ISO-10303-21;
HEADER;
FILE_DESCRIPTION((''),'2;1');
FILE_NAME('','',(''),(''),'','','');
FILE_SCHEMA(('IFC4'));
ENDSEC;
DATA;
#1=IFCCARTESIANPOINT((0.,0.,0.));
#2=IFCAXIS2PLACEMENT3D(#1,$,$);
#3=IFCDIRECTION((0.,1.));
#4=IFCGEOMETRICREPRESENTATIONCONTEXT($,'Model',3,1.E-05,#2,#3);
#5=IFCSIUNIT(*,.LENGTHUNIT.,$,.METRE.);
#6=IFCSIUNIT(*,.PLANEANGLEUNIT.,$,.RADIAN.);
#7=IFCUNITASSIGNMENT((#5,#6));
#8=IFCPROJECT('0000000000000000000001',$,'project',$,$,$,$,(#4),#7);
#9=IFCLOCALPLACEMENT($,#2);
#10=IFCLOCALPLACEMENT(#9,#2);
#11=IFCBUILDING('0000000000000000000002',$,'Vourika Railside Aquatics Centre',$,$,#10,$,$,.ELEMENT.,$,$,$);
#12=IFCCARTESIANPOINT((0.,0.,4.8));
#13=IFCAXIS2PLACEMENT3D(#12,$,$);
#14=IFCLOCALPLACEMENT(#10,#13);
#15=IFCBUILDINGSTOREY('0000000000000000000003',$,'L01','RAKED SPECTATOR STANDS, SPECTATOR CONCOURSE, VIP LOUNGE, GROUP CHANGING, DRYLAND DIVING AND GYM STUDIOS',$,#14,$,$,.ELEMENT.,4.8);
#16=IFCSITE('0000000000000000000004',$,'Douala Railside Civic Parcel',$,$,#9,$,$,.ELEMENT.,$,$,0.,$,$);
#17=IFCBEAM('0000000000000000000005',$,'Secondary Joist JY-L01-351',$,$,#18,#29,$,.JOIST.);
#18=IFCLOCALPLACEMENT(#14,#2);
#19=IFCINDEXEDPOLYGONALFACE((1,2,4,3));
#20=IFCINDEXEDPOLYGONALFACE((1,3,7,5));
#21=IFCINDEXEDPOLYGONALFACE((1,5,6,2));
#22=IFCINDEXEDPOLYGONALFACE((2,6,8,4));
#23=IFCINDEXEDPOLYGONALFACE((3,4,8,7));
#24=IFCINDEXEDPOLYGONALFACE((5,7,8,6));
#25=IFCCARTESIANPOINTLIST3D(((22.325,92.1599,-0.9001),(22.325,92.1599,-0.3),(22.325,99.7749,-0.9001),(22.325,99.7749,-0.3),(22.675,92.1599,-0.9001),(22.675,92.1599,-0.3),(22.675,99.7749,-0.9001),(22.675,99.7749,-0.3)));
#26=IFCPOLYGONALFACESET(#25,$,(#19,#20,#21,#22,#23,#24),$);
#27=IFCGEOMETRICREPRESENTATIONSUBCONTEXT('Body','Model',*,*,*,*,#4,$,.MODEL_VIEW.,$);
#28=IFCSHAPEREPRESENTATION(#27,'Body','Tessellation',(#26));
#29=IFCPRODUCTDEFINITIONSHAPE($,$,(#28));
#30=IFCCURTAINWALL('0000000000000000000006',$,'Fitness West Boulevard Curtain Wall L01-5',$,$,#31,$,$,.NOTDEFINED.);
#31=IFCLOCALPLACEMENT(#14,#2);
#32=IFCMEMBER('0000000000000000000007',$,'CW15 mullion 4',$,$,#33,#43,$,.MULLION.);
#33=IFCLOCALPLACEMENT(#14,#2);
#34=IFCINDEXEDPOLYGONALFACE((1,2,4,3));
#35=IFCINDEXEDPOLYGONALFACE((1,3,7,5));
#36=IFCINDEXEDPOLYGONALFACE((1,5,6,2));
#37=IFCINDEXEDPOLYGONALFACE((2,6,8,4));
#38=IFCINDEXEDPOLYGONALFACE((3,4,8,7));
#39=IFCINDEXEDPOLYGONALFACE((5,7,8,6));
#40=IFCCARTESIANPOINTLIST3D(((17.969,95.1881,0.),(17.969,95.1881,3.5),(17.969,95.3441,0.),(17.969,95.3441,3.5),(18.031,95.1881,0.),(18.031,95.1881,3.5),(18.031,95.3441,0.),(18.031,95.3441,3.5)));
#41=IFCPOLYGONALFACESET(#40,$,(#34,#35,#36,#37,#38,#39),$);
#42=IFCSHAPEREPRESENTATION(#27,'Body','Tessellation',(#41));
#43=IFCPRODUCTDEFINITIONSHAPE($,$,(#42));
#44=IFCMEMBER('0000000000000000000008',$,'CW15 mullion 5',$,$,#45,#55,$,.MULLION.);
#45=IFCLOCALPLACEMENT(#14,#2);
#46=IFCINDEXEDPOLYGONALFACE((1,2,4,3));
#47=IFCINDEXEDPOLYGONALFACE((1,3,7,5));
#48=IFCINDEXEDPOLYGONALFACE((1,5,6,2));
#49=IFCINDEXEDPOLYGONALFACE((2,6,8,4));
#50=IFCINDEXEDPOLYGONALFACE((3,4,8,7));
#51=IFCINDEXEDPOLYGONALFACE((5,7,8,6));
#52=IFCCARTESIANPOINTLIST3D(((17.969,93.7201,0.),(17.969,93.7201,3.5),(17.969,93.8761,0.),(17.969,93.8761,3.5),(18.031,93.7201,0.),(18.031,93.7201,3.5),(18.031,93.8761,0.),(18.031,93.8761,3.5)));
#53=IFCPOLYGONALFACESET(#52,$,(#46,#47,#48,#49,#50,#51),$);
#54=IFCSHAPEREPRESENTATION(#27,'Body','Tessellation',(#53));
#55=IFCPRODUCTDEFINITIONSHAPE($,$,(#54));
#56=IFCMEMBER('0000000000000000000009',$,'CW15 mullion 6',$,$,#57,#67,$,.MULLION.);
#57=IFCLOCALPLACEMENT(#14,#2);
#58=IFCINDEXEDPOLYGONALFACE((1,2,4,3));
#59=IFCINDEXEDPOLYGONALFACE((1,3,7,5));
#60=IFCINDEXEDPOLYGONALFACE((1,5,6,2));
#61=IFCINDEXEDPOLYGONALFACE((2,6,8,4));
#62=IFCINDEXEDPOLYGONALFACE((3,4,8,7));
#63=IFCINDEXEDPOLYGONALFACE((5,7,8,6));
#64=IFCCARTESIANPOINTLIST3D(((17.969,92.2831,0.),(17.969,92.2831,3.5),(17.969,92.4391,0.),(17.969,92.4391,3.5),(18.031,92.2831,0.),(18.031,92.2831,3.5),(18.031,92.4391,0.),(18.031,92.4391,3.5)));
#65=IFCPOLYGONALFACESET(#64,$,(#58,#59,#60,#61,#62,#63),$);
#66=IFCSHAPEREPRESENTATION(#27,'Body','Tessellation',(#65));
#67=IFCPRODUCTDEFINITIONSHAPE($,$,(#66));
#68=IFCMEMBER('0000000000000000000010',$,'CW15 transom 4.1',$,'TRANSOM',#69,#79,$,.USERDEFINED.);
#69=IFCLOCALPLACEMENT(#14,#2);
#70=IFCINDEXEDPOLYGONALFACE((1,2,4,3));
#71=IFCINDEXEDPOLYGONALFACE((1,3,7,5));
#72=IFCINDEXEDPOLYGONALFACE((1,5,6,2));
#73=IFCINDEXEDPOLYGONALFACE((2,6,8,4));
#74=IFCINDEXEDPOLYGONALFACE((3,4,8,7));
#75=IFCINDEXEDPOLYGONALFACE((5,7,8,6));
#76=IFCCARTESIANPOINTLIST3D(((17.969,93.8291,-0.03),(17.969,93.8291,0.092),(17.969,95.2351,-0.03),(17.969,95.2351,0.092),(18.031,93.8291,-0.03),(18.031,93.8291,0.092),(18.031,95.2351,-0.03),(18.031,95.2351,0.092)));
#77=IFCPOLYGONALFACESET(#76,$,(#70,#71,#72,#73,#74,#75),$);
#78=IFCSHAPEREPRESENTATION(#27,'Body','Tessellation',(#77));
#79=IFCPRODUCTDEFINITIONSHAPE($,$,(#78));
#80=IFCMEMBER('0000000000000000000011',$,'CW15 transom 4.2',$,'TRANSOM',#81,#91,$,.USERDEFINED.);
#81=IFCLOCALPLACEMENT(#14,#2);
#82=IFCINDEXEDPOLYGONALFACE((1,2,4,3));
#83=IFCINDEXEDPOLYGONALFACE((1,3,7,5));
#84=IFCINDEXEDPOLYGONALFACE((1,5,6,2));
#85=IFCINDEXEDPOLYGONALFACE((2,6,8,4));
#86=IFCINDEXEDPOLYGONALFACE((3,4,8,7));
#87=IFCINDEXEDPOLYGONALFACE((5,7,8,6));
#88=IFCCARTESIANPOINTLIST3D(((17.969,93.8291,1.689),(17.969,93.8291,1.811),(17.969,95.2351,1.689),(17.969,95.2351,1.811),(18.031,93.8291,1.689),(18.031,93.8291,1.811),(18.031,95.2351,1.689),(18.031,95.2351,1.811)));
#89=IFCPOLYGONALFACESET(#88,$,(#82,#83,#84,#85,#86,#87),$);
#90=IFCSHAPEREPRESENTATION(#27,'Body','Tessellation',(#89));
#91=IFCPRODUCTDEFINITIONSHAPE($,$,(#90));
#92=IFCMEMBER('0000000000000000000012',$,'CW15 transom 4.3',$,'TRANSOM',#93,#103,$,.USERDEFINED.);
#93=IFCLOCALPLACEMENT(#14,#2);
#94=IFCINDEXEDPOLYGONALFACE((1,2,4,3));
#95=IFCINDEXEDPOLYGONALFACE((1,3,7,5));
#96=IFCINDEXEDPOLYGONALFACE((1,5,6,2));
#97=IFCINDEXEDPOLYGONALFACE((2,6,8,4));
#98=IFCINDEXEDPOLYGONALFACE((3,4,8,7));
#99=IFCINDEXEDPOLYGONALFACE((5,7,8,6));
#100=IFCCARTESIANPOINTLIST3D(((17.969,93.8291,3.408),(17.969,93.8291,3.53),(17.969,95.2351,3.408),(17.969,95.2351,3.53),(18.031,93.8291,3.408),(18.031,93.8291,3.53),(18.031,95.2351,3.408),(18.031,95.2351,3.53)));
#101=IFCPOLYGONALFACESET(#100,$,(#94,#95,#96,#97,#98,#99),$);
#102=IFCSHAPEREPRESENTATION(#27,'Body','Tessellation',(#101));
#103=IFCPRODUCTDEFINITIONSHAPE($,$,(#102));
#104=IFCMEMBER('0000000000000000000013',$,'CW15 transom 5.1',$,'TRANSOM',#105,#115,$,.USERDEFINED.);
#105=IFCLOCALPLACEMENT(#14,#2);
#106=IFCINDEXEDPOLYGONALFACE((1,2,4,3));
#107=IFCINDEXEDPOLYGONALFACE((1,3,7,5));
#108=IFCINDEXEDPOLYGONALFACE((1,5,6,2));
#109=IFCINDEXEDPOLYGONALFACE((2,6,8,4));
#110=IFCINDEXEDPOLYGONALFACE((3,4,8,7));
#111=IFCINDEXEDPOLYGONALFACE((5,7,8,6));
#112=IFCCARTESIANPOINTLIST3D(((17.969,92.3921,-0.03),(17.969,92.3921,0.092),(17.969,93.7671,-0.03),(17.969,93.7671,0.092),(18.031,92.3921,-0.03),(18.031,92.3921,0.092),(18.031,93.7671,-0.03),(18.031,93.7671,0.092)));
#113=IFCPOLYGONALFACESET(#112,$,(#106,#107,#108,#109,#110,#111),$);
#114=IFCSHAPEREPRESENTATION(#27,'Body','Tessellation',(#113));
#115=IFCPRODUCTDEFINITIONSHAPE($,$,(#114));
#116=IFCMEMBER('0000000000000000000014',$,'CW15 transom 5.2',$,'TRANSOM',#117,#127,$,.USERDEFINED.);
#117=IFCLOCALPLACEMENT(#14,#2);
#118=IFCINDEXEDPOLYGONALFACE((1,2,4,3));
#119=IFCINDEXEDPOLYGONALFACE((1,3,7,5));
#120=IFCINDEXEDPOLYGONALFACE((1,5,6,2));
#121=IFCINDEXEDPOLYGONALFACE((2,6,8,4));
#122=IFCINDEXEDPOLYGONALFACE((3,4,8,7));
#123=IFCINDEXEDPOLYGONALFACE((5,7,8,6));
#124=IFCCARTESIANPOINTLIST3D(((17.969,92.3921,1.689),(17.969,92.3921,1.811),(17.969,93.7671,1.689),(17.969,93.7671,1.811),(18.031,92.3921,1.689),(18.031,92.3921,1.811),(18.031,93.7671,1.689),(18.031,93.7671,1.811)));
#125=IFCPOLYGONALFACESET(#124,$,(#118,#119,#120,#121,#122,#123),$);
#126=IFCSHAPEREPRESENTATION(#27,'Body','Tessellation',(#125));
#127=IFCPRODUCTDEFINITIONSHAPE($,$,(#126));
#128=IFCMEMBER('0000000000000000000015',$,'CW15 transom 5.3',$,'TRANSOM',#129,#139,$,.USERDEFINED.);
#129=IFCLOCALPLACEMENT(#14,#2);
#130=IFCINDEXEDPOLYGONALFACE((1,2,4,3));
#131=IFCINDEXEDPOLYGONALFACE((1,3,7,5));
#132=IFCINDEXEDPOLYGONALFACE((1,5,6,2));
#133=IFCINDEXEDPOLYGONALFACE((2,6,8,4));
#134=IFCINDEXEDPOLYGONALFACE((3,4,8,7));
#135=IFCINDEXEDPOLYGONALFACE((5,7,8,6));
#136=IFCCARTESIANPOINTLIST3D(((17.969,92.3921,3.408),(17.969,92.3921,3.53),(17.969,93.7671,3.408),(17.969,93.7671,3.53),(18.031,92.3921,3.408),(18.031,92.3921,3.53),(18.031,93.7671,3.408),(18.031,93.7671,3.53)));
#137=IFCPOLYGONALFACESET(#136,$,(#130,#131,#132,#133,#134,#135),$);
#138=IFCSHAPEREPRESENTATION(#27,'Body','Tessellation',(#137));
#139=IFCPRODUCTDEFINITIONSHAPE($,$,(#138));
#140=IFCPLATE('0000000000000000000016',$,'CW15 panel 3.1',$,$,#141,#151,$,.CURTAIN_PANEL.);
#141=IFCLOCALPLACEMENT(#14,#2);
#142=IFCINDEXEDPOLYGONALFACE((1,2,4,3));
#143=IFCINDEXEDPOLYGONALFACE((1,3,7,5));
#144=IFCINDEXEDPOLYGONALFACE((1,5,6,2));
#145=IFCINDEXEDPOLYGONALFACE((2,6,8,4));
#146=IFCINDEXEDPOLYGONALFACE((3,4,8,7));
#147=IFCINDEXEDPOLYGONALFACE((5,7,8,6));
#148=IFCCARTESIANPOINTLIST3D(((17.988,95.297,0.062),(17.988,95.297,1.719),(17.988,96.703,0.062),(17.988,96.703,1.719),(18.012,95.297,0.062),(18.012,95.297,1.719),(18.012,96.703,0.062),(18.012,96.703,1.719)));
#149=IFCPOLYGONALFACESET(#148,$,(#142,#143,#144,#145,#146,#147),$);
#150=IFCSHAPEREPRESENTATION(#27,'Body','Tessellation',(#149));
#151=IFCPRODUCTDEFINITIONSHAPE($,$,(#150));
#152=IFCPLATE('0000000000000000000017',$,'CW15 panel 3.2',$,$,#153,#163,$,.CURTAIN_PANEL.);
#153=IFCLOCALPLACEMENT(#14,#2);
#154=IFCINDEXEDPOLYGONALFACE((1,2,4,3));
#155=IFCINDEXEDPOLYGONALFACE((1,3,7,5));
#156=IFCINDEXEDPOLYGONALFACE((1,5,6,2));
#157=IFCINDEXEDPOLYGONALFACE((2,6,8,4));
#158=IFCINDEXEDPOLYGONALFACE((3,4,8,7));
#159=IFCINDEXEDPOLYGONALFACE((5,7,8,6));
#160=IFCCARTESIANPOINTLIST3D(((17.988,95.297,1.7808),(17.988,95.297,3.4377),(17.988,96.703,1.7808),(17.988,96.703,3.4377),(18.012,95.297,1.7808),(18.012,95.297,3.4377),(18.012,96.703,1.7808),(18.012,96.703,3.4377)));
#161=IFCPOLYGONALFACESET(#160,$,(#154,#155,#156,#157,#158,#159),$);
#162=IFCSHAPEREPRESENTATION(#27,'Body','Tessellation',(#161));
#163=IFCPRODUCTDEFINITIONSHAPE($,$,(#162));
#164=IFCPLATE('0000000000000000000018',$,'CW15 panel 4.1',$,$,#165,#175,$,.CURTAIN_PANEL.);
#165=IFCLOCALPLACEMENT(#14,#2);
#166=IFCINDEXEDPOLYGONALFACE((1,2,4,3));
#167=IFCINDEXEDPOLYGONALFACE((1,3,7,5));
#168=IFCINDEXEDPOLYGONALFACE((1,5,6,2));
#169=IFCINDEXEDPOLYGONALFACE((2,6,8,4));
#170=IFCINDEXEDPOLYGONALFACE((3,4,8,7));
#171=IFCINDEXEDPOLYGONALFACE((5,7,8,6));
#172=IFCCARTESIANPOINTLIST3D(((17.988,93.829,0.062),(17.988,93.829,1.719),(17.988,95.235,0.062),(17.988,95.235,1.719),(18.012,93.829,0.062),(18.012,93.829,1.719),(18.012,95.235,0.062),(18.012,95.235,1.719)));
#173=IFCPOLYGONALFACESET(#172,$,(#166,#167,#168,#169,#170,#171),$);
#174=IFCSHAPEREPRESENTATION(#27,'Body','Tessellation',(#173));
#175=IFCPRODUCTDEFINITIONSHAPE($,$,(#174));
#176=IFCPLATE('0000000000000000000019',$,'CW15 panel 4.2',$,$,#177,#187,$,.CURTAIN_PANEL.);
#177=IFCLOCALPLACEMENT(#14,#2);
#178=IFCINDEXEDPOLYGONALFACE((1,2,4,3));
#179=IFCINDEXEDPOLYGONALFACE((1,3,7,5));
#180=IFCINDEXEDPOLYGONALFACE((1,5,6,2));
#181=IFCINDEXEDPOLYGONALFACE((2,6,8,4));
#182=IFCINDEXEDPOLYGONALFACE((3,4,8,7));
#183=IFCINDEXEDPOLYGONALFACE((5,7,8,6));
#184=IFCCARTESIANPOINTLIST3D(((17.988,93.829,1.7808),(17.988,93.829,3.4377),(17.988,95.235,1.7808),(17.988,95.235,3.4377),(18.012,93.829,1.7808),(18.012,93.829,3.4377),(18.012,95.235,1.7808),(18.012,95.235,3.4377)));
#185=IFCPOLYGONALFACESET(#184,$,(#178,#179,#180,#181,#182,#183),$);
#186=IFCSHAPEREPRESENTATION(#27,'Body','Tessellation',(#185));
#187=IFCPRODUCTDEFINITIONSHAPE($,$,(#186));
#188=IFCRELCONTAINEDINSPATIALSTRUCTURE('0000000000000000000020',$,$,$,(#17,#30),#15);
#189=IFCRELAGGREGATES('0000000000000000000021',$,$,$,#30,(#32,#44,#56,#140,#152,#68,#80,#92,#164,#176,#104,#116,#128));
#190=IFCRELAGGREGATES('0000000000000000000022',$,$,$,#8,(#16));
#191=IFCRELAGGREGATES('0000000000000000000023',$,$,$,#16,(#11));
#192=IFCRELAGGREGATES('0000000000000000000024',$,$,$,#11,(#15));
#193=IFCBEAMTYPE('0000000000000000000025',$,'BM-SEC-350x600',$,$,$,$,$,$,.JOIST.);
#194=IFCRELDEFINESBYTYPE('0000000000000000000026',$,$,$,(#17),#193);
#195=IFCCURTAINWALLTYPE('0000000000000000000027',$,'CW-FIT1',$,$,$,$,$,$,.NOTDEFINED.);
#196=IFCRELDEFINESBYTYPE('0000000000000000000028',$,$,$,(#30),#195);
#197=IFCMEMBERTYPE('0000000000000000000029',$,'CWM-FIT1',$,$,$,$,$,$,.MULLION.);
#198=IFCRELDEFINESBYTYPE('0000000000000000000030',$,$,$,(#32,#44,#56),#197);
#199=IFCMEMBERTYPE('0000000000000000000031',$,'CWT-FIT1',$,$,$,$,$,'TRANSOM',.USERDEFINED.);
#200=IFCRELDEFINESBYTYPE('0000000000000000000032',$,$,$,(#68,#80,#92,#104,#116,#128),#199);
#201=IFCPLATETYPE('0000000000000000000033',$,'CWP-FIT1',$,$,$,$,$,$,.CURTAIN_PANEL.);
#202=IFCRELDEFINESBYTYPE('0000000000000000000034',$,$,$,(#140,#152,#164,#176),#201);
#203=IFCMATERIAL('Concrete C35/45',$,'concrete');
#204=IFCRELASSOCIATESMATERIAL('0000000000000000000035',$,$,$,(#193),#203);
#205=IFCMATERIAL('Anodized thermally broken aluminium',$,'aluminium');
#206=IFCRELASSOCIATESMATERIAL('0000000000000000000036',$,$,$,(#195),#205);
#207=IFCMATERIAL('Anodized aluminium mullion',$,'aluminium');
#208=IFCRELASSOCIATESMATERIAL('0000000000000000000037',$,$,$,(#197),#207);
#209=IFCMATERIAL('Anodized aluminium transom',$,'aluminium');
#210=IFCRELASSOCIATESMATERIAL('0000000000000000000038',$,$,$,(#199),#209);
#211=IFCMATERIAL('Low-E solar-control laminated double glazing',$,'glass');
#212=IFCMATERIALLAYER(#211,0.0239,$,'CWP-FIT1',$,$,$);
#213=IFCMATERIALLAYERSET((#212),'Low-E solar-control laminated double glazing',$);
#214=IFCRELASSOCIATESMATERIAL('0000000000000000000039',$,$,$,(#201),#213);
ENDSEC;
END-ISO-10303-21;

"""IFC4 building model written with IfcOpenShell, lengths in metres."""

from ifc_helpers import new_model, si_unit, direction, frame, origin, origin_2d, place, context, subcontext, project, spatial, rectangle, extrude, material, layer, layer_set, material_profile, profile_set, type_object, element, aggregate, save


model = new_model("IFC4")

# Units and contexts
model_context = context("Model", 3, precision=1e-05, world=origin(), true_north=direction((0.0, 1.0)))
body_context = subcontext(model_context, "Body", "Model", "MODEL_VIEW")
ifc_project = project(units=[si_unit("LENGTHUNIT", "METRE"), si_unit("PLANEANGLEUNIT", "RADIAN")], contexts=[model_context])

# Site, building, storey
site_placement = place(None, origin())
site = spatial("IfcSite", under=ifc_project, at=site_placement, Name="Douala Railside Civic Parcel", CompositionType="ELEMENT", RefElevation=0.0)
building_placement = place(site_placement, origin())
building = spatial("IfcBuilding", under=site, at=building_placement, Name="Vourika Railside Aquatics Centre", CompositionType="ELEMENT")
storey_placement = place(building_placement, frame((0.0, 0.0, 4.8)))
storey = spatial("IfcBuildingStorey", under=building, at=storey_placement, Name="L01", Description="RAKED SPECTATOR STANDS, SPECTATOR CONCOURSE, VIP LOUNGE, GROUP CHANGING, DRYLAND DIVING AND GYM STUDIOS", CompositionType="ELEMENT", Elevation=4.8)

# Beam
ifc_material_1 = material(Name="Concrete C35/45", Category="concrete")
ifc_material_profile_1 = material_profile(ifc_material_1, rectangle(XDim=0.3501, YDim=0.6001, at=origin_2d()), Name="RC 350x600")
ifc_profile_set_1 = profile_set([ifc_material_profile_1], Name="Concrete C35/45")
beam_type = type_object("IfcBeamType", Name="BM-SEC-350x600", PredefinedType="JOIST", material=ifc_profile_set_1)
beam_placement = place(storey_placement, frame((22.5, 92.1599, -0.6001), z_axis=(0.0, 1.0, 0.0), x_axis=(-1.0, 0.0, 0.0)))
element("IfcBeam", 1, at=beam_placement, inside=storey, type_object=beam_type, Name="Secondary Joist JY-L01-351", PredefinedType="JOIST", context=body_context, shape_type="SweptSolid", body=[
    extrude(rectangle(XDim=0.3501, YDim=0.6001, at=origin_2d()), origin(), (0.0, 0.0, 1.0), 7.615),
])

# Curtain wall, members, plates
ifc_material_2 = material(Name="Anodized thermally broken aluminium", Category="aluminium")
curtain_wall_type = type_object("IfcCurtainWallType", Name="CW-FIT1", PredefinedType="NOTDEFINED", material=ifc_material_2)
curtain_wall_placement = place(storey_placement, origin())
curtain_wall = element("IfcCurtainWall", 2, at=curtain_wall_placement, inside=storey, type_object=curtain_wall_type, Name="Fitness West Boulevard Curtain Wall L01-5", PredefinedType="NOTDEFINED")
ifc_material_3 = material(Name="Anodized aluminium mullion", Category="aluminium")
ifc_material_profile_2 = material_profile(ifc_material_3, rectangle(XDim=0.062, YDim=0.156, at=origin_2d()), Name="ALU-M 62x156")
ifc_profile_set_2 = profile_set([ifc_material_profile_2], Name="Anodized aluminium mullion")
member_type_1 = type_object("IfcMemberType", Name="CWM-FIT1", PredefinedType="MULLION", material=ifc_profile_set_2)
member_1_placement = place(storey_placement, frame((18.0, 95.2661, 0.0), z_axis=(0.0, 0.0, 1.0), x_axis=(1.0, 0.0, 0.0)))
member_1 = element("IfcMember", 3, at=member_1_placement, type_object=member_type_1, Name="CW15 mullion 4", PredefinedType="MULLION", context=body_context, shape_type="SweptSolid", body=[
    extrude(rectangle(XDim=0.062, YDim=0.156, at=origin_2d()), origin(), (0.0, 0.0, 1.0), 3.5),
])
member_2_placement = place(storey_placement, frame((18.0, 93.7981, 0.0), z_axis=(0.0, 0.0, 1.0), x_axis=(1.0, 0.0, 0.0)))
member_2 = element("IfcMember", 4, at=member_2_placement, type_object=member_type_1, Name="CW15 mullion 5", PredefinedType="MULLION", context=body_context, shape_type="SweptSolid", body=[
    extrude(rectangle(XDim=0.062, YDim=0.156, at=origin_2d()), origin(), (0.0, 0.0, 1.0), 3.5),
])
member_3_placement = place(storey_placement, frame((18.0, 92.3611, 0.0), z_axis=(0.0, 0.0, 1.0), x_axis=(1.0, 0.0, 0.0)))
member_3 = element("IfcMember", 5, at=member_3_placement, type_object=member_type_1, Name="CW15 mullion 6", PredefinedType="MULLION", context=body_context, shape_type="SweptSolid", body=[
    extrude(rectangle(XDim=0.062, YDim=0.156, at=origin_2d()), origin(), (0.0, 0.0, 1.0), 3.5),
])
ifc_material_4 = material(Name="Anodized aluminium transom", Category="aluminium")
ifc_material_profile_3 = material_profile(ifc_material_4, rectangle(XDim=0.062, YDim=0.1221, at=origin_2d()), Name="ALU-T 62x122")
ifc_profile_set_3 = profile_set([ifc_material_profile_3], Name="Anodized aluminium transom")
member_type_2 = type_object("IfcMemberType", Name="CWT-FIT1", ElementType="TRANSOM", PredefinedType="USERDEFINED", material=ifc_profile_set_3)
member_4_placement = place(storey_placement, frame((18.0, 95.2351, 0.031), z_axis=(0.0, -1.0, 0.0), x_axis=(1.0, 0.0, 0.0)))
member_4 = element("IfcMember", 6, at=member_4_placement, type_object=member_type_2, Name="CW15 transom 4.1", ObjectType="TRANSOM", PredefinedType="USERDEFINED", context=body_context, shape_type="SweptSolid", body=[
    extrude(rectangle(XDim=0.062, YDim=0.1221, at=origin_2d()), origin(), (0.0, 0.0, 1.0), 1.406),
])
member_5_placement = place(storey_placement, frame((18.0, 95.2351, 1.75), z_axis=(0.0, -1.0, 0.0), x_axis=(1.0, 0.0, 0.0)))
member_5 = element("IfcMember", 7, at=member_5_placement, type_object=member_type_2, Name="CW15 transom 4.2", ObjectType="TRANSOM", PredefinedType="USERDEFINED", context=body_context, shape_type="SweptSolid", body=[
    extrude(rectangle(XDim=0.062, YDim=0.1221, at=origin_2d()), origin(), (0.0, 0.0, 1.0), 1.406),
])
member_6_placement = place(storey_placement, frame((18.0, 95.2351, 3.469), z_axis=(0.0, -1.0, 0.0), x_axis=(1.0, 0.0, 0.0)))
member_6 = element("IfcMember", 8, at=member_6_placement, type_object=member_type_2, Name="CW15 transom 4.3", ObjectType="TRANSOM", PredefinedType="USERDEFINED", context=body_context, shape_type="SweptSolid", body=[
    extrude(rectangle(XDim=0.062, YDim=0.1221, at=origin_2d()), origin(), (0.0, 0.0, 1.0), 1.406),
])
member_7_placement = place(storey_placement, frame((18.0, 93.7671, 0.031), z_axis=(0.0, -1.0, 0.0), x_axis=(1.0, 0.0, 0.0)))
member_7 = element("IfcMember", 9, at=member_7_placement, type_object=member_type_2, Name="CW15 transom 5.1", ObjectType="TRANSOM", PredefinedType="USERDEFINED", context=body_context, shape_type="SweptSolid", body=[
    extrude(rectangle(XDim=0.062, YDim=0.1221, at=origin_2d()), origin(), (0.0, 0.0, 1.0), 1.375),
])
member_8_placement = place(storey_placement, frame((18.0, 93.7671, 1.75), z_axis=(0.0, -1.0, 0.0), x_axis=(1.0, 0.0, 0.0)))
member_8 = element("IfcMember", 10, at=member_8_placement, type_object=member_type_2, Name="CW15 transom 5.2", ObjectType="TRANSOM", PredefinedType="USERDEFINED", context=body_context, shape_type="SweptSolid", body=[
    extrude(rectangle(XDim=0.062, YDim=0.1221, at=origin_2d()), origin(), (0.0, 0.0, 1.0), 1.375),
])
member_9_placement = place(storey_placement, frame((18.0, 93.7671, 3.469), z_axis=(0.0, -1.0, 0.0), x_axis=(1.0, 0.0, 0.0)))
member_9 = element("IfcMember", 11, at=member_9_placement, type_object=member_type_2, Name="CW15 transom 5.3", ObjectType="TRANSOM", PredefinedType="USERDEFINED", context=body_context, shape_type="SweptSolid", body=[
    extrude(rectangle(XDim=0.062, YDim=0.1221, at=origin_2d()), origin(), (0.0, 0.0, 1.0), 1.375),
])
ifc_material_5 = material(Name="Low-E solar-control laminated double glazing", Category="glass")
ifc_layer_1 = layer(ifc_material_5, 0.0239, Name="CWP-FIT1")
ifc_layer_set_1 = layer_set([ifc_layer_1], Name="Low-E solar-control laminated double glazing")
plate_type = type_object("IfcPlateType", Name="CWP-FIT1", PredefinedType="CURTAIN_PANEL", material=ifc_layer_set_1)
plate_1_placement = place(storey_placement, frame((18.0, 96.0, 0.062), z_axis=(0.0, 0.0, 1.0), x_axis=(0.0, -1.0, 0.0)))
plate_1 = element("IfcPlate", 12, at=plate_1_placement, type_object=plate_type, Name="CW15 panel 3.1", PredefinedType="CURTAIN_PANEL", context=body_context, shape_type="SweptSolid", body=[
    extrude(rectangle(XDim=1.406, YDim=0.0239, at=origin_2d()), origin(), (0.0, 0.0, 1.0), 1.657),
])
plate_2_placement = place(storey_placement, frame((18.0, 96.0, 1.7808), z_axis=(0.0, 0.0, 1.0), x_axis=(0.0, -1.0, 0.0)))
plate_2 = element("IfcPlate", 13, at=plate_2_placement, type_object=plate_type, Name="CW15 panel 3.2", PredefinedType="CURTAIN_PANEL", context=body_context, shape_type="SweptSolid", body=[
    extrude(rectangle(XDim=1.406, YDim=0.0239, at=origin_2d()), origin(), (0.0, 0.0, 1.0), 1.657),
])
plate_3_placement = place(storey_placement, frame((18.0, 94.532, 0.062), z_axis=(0.0, 0.0, 1.0), x_axis=(0.0, -1.0, 0.0)))
plate_3 = element("IfcPlate", 14, at=plate_3_placement, type_object=plate_type, Name="CW15 panel 4.1", PredefinedType="CURTAIN_PANEL", context=body_context, shape_type="SweptSolid", body=[
    extrude(rectangle(XDim=1.406, YDim=0.0239, at=origin_2d()), origin(), (0.0, 0.0, 1.0), 1.657),
])
plate_4_placement = place(storey_placement, frame((18.0, 94.532, 1.7808), z_axis=(0.0, 0.0, 1.0), x_axis=(0.0, -1.0, 0.0)))
plate_4 = element("IfcPlate", 15, at=plate_4_placement, type_object=plate_type, Name="CW15 panel 4.2", PredefinedType="CURTAIN_PANEL", context=body_context, shape_type="SweptSolid", body=[
    extrude(rectangle(XDim=1.406, YDim=0.0239, at=origin_2d()), origin(), (0.0, 0.0, 1.0), 1.657),
])
aggregate(curtain_wall, [member_1, member_2, member_3, plate_1, plate_2, member_4, member_5, member_6, plate_3, plate_4, member_7, member_8, member_9])

save(model, "model.ifc")
